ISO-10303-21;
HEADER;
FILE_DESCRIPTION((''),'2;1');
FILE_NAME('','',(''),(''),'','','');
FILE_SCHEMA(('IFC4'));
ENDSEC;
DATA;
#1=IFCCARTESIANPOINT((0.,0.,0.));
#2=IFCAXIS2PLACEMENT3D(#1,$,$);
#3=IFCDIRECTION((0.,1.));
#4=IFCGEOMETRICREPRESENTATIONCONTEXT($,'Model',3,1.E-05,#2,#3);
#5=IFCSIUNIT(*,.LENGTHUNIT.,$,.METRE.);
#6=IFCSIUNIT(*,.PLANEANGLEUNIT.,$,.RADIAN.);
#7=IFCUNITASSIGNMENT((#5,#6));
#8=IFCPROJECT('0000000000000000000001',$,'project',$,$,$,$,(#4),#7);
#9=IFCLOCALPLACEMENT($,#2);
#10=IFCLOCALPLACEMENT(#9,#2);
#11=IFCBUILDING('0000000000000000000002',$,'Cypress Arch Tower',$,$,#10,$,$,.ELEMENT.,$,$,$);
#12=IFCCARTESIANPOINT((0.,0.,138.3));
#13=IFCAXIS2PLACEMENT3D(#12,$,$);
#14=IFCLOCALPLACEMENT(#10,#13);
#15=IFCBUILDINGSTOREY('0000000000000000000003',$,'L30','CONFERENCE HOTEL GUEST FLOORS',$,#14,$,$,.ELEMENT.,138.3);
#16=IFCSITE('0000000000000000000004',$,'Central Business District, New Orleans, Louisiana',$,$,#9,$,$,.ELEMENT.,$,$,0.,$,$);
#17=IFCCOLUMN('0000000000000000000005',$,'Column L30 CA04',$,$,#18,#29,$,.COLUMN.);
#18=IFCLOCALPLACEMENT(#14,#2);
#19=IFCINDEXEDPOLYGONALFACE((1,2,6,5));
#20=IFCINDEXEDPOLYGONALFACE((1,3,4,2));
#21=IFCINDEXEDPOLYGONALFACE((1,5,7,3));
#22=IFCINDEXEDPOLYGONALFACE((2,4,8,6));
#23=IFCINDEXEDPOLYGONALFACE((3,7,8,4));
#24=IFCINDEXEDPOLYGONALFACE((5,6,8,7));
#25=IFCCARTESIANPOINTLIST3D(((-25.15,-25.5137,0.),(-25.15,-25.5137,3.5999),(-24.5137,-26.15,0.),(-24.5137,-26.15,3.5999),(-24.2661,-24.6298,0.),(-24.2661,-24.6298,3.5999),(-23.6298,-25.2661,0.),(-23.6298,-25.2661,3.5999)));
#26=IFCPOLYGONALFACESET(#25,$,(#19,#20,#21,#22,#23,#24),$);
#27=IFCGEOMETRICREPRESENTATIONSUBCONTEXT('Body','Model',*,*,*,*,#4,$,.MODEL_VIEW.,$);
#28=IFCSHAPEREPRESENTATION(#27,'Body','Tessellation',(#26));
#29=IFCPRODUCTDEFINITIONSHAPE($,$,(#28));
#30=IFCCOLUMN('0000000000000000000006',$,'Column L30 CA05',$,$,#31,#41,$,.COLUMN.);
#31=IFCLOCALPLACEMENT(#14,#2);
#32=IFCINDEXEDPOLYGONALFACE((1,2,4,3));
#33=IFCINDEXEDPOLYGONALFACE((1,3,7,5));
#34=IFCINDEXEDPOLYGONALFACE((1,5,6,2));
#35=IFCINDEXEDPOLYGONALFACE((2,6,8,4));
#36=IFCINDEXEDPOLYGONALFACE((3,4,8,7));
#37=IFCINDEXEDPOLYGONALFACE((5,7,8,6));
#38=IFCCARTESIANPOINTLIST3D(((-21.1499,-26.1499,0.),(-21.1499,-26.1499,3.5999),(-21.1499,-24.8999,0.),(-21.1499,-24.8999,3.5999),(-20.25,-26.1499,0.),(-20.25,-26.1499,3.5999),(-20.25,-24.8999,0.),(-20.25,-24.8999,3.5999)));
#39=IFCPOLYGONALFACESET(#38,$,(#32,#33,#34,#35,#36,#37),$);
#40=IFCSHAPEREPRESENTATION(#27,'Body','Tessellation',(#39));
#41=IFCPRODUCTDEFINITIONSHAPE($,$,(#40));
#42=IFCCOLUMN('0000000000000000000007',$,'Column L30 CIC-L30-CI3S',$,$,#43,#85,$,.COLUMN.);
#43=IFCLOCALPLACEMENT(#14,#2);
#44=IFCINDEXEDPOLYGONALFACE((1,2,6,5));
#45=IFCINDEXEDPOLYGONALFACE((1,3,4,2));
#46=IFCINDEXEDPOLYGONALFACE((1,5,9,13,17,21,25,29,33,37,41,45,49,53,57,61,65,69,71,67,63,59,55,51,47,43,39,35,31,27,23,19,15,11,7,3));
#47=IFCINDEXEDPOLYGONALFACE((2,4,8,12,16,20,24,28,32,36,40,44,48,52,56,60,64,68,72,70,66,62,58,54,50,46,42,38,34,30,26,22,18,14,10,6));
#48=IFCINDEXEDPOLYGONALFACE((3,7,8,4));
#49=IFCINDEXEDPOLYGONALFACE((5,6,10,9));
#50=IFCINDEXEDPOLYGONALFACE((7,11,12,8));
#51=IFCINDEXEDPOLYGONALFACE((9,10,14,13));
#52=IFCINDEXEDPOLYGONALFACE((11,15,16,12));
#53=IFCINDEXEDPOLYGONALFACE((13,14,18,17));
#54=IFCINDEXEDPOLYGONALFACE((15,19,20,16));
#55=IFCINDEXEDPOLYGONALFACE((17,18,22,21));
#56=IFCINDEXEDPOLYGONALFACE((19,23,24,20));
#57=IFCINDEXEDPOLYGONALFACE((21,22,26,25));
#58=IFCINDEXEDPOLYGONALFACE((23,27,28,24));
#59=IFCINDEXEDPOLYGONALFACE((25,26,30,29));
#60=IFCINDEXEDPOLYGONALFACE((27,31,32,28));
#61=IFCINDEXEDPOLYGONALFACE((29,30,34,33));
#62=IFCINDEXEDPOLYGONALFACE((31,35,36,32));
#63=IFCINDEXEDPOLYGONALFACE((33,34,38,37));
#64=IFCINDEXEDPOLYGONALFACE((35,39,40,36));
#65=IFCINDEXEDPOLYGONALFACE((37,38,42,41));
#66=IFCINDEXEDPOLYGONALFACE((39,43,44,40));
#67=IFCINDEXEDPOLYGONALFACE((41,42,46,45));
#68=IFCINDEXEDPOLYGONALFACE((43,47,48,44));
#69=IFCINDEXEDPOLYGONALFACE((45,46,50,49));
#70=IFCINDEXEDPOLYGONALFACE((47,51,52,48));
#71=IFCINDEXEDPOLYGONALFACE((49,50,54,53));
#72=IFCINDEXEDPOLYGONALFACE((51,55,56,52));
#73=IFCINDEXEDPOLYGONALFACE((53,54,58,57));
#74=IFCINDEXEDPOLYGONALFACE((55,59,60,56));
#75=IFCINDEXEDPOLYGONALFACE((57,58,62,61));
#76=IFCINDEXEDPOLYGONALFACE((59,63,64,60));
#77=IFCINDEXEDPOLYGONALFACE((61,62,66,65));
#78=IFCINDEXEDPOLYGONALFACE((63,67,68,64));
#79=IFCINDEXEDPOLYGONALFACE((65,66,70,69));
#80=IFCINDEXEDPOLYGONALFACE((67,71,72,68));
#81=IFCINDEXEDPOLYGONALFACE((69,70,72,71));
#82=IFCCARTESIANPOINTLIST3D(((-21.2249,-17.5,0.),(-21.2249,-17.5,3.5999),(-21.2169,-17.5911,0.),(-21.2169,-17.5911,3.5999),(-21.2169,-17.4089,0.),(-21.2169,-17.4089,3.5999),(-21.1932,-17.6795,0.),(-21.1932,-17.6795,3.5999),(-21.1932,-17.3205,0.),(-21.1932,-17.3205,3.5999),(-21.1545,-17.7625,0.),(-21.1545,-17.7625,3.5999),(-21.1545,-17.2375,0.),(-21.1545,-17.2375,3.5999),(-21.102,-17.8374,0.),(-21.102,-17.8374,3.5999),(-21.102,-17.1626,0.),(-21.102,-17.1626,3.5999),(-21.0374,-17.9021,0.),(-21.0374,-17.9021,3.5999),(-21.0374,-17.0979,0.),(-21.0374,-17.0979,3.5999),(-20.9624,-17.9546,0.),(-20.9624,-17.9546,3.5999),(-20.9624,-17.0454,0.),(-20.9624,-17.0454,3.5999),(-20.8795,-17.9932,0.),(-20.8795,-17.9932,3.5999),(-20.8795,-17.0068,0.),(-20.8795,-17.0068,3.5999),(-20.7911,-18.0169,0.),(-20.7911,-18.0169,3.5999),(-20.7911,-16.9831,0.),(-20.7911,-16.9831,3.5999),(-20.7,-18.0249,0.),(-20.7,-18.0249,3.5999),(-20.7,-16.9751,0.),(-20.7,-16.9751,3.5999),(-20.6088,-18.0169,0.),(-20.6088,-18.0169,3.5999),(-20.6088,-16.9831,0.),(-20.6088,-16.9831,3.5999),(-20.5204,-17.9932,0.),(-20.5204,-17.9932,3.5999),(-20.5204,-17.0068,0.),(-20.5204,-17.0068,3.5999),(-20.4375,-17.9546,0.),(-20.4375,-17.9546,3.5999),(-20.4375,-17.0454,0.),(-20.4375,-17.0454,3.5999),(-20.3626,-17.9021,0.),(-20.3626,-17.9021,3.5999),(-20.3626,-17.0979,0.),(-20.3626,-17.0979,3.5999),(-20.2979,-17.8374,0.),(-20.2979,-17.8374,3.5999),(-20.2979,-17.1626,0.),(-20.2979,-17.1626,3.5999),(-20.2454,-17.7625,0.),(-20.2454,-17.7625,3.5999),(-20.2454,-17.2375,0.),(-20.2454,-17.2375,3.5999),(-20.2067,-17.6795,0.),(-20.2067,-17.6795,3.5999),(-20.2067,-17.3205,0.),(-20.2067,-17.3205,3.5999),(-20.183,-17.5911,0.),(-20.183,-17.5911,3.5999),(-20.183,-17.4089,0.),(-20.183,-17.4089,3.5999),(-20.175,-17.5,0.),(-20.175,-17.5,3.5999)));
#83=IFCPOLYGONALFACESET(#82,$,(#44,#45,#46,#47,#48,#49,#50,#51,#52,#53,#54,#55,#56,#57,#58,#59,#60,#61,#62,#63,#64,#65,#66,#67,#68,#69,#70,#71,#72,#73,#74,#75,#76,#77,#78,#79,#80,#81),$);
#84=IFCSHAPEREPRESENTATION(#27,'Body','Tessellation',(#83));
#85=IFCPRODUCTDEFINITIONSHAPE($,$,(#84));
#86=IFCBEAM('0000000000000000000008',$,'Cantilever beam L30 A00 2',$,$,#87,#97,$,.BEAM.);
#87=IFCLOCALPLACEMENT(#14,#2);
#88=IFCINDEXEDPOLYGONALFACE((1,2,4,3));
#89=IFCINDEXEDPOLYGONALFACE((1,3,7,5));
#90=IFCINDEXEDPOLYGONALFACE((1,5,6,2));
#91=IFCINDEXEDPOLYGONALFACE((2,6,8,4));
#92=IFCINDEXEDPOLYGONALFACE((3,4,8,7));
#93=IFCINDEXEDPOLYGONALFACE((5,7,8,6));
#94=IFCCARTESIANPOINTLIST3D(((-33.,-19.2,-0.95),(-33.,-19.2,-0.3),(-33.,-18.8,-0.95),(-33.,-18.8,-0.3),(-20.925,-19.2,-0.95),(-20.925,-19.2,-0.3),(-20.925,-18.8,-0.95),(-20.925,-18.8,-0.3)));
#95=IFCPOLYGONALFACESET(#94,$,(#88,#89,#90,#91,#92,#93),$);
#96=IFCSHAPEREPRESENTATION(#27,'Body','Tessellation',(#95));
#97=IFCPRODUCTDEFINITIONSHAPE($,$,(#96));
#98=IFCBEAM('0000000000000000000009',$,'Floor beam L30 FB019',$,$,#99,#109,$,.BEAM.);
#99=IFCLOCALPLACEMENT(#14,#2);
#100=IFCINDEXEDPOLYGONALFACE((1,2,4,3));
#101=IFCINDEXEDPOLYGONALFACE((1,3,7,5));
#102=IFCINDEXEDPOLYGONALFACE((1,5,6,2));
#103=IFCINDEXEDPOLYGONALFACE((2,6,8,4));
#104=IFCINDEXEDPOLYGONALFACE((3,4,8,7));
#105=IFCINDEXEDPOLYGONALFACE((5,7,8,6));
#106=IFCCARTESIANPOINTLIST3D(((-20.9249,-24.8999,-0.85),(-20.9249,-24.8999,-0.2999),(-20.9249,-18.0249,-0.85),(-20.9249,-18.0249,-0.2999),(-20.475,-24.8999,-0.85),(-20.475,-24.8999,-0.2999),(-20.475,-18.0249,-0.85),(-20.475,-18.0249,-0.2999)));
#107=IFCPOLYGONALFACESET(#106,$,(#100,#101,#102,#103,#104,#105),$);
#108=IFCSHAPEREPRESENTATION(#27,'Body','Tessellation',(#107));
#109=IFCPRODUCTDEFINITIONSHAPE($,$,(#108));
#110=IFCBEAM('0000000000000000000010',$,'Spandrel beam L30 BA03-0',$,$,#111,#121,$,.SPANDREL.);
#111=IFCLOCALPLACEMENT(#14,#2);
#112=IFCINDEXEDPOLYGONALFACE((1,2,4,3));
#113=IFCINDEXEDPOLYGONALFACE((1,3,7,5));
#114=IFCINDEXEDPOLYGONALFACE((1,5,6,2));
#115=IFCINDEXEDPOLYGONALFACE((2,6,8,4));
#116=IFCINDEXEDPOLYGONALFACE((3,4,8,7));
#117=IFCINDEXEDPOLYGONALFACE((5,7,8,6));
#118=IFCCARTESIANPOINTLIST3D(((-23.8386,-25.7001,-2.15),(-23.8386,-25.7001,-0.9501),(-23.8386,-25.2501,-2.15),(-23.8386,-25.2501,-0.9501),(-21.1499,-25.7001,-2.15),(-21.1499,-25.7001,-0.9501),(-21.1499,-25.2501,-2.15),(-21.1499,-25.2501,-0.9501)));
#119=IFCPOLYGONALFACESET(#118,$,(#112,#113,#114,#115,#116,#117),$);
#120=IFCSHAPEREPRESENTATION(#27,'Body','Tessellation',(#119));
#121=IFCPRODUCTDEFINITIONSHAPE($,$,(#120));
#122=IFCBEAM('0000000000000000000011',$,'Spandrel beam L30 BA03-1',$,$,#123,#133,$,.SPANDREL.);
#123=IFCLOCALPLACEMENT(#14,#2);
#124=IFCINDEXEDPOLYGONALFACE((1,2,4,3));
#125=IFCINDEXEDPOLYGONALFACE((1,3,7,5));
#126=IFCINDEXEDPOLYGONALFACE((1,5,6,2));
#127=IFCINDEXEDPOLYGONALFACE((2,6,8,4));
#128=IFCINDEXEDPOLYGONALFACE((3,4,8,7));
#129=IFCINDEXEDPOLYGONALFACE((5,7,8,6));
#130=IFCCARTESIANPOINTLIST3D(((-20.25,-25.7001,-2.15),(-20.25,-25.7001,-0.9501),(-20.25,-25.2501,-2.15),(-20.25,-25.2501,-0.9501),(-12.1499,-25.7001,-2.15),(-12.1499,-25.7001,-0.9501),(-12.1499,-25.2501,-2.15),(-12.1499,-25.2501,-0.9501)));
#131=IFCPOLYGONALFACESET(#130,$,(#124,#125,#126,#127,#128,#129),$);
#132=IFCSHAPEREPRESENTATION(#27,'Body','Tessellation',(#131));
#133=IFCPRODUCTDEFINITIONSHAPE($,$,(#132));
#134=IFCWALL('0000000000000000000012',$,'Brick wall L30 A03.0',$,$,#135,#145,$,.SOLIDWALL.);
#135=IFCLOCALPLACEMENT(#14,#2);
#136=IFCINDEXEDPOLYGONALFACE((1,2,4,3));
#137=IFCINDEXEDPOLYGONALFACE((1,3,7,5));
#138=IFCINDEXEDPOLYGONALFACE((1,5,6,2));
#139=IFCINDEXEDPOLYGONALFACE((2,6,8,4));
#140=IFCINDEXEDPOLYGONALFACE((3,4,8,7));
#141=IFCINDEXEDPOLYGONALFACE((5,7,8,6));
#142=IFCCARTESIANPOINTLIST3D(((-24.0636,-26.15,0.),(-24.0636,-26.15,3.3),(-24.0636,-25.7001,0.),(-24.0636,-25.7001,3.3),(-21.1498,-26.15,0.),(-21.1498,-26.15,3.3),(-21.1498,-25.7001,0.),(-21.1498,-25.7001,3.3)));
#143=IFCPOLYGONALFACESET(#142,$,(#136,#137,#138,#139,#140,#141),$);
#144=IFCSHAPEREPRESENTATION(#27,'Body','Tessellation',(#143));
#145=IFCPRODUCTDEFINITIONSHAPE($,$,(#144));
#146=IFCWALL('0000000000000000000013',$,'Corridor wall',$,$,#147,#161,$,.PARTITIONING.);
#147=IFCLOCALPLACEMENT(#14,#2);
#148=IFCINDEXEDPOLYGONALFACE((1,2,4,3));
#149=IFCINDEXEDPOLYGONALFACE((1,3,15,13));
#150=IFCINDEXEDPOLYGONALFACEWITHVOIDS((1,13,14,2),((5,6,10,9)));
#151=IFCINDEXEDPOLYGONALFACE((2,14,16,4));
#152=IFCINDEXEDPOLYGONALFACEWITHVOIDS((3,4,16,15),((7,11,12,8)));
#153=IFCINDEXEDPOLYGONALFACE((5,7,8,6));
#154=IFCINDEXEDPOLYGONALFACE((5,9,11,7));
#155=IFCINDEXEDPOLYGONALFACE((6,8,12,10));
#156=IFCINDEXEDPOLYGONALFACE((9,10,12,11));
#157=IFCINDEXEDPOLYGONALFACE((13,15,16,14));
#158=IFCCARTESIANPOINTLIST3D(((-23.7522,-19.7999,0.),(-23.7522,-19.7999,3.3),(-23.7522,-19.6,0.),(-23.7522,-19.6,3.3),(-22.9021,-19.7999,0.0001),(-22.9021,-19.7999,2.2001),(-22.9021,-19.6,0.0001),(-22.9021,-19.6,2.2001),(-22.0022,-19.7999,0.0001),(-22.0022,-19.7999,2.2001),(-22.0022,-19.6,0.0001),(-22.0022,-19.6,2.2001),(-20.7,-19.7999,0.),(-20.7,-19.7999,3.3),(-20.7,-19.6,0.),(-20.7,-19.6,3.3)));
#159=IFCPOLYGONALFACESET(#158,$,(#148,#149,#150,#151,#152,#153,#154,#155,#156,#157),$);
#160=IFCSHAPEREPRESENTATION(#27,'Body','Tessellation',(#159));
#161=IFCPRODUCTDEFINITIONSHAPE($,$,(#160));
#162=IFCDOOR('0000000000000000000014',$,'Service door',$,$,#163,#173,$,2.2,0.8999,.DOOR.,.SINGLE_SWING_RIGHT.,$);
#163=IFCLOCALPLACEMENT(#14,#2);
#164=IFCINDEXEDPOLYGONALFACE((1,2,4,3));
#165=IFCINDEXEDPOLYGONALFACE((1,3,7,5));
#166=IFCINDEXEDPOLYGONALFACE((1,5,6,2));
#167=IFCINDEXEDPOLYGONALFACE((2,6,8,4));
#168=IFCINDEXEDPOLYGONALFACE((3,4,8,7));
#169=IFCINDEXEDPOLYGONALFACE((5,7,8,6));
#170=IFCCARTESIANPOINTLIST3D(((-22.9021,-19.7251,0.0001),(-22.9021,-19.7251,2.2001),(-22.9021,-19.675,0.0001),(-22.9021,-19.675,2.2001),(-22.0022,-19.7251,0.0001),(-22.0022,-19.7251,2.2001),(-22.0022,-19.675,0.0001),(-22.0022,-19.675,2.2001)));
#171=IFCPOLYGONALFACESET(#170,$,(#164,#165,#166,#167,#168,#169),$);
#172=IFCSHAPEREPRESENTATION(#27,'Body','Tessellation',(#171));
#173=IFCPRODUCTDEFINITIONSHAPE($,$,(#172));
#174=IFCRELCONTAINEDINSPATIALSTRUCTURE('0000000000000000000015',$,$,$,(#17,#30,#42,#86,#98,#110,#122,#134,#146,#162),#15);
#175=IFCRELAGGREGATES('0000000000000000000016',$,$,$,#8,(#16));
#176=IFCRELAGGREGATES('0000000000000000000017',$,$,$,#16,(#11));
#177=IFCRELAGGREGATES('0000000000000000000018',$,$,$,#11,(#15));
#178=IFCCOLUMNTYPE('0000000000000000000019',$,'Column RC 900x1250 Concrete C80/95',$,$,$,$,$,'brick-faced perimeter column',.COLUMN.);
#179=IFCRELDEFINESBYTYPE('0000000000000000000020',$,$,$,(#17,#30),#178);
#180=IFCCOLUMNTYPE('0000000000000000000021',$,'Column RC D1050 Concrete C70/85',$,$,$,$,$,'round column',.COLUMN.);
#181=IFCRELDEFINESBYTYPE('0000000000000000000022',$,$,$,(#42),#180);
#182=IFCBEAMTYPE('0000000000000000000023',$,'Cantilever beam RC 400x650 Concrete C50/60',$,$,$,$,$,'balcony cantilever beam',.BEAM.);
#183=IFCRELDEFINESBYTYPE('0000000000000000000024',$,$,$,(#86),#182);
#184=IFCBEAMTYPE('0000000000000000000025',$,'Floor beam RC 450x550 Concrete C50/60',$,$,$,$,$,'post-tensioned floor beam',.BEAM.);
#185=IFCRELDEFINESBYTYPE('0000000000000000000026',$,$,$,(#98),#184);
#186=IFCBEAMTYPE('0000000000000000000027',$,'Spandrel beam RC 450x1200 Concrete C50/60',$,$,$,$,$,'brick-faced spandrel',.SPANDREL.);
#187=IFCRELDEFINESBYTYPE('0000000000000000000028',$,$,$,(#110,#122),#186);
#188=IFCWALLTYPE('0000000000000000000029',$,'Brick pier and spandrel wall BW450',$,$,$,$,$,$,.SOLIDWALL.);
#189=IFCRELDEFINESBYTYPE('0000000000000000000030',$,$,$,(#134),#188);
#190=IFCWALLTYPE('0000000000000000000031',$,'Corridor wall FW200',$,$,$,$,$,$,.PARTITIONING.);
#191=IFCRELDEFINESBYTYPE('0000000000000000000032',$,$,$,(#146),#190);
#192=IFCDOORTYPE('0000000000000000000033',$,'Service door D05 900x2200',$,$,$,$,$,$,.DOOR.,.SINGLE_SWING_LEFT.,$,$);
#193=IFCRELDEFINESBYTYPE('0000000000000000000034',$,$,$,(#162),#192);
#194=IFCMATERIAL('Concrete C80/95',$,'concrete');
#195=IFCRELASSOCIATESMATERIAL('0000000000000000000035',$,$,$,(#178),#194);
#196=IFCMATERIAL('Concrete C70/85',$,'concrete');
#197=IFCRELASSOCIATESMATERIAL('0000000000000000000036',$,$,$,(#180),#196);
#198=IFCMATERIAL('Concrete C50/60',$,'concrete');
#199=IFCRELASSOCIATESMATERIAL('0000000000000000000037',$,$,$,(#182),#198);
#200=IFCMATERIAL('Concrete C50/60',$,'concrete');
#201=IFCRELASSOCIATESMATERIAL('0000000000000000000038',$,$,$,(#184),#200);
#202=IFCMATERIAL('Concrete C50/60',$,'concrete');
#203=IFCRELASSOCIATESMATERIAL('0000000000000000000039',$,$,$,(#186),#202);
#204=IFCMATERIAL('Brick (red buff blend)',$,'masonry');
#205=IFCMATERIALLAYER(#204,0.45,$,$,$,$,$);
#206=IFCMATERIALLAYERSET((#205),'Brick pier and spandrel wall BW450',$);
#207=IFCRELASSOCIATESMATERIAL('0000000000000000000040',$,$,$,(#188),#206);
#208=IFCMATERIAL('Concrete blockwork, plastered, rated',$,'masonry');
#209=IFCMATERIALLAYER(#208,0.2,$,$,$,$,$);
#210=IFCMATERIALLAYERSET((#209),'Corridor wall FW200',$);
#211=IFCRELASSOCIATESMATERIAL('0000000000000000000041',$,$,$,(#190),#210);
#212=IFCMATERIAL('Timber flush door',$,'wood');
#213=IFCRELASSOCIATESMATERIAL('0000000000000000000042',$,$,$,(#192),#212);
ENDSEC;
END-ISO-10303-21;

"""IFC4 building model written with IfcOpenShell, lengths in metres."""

from ifc_helpers import new_model, si_unit, direction, frame, frame_2d, origin, origin_2d, place, context, subcontext, project, spatial, rectangle, circle, extrude, material, layer, layer_set, material_profile, profile_set, type_object, element, fill, save


model = new_model("IFC4")

# Units and contexts
model_context = context("Model", 3, precision=1e-05, world=origin(), true_north=direction((0.0, 1.0)))
body_context = subcontext(model_context, "Body", "Model", "MODEL_VIEW")
ifc_project = project(units=[si_unit("LENGTHUNIT", "METRE"), si_unit("PLANEANGLEUNIT", "RADIAN")], contexts=[model_context])

# Site, building, storey
site_placement = place(None, origin())
site = spatial("IfcSite", under=ifc_project, at=site_placement, Name="Central Business District, New Orleans, Louisiana", CompositionType="ELEMENT", RefElevation=0.0)
building_placement = place(site_placement, origin())
building = spatial("IfcBuilding", under=site, at=building_placement, Name="Cypress Arch Tower", CompositionType="ELEMENT")
storey_placement = place(building_placement, frame((0.0, 0.0, 138.3)))
storey = spatial("IfcBuildingStorey", under=building, at=storey_placement, Name="L30", Description="CONFERENCE HOTEL GUEST FLOORS", CompositionType="ELEMENT", Elevation=138.3)

# Columns
ifc_material_1 = material(Name="Concrete C80/95", Category="concrete")
ifc_material_profile_1 = material_profile(ifc_material_1, rectangle(XDim=0.8999, YDim=1.25, at=origin_2d()), Name="RC 900x1250")
ifc_profile_set_1 = profile_set([ifc_material_profile_1], Name="Concrete C80/95")
column_type_1 = type_object("IfcColumnType", Name="Column RC 900x1250 Concrete C80/95", ElementType="brick-faced perimeter column", PredefinedType="COLUMN", material=ifc_profile_set_1)
for number, where, z_axis, x_axis, name in (
    (1, (-24.3899, -25.3899, 0.0), (0.0, 0.0, 1.0), (0.707107, -0.707107, 0.0), "Column L30 CA04"),
    (2, (-20.7, -25.5249, 0.0), (0.0, 0.0, 1.0), (1.0, 0.0, 0.0), "Column L30 CA05"),
):
    element("IfcColumn", number, at=place(storey_placement, frame(where, z_axis=z_axis, x_axis=x_axis)), inside=storey, type_object=column_type_1, Name=name, PredefinedType="COLUMN", context=body_context, shape_type="SweptSolid", body=[
        extrude(rectangle(XDim=0.8999, YDim=1.25, at=origin_2d()), origin(), (0.0, 0.0, 1.0), 3.5999),
    ])
ifc_material_2 = material(Name="Concrete C70/85", Category="concrete")
ifc_material_profile_2 = material_profile(ifc_material_2, circle(Radius=0.5249, at=origin_2d()), Name="RC D1050")
ifc_profile_set_2 = profile_set([ifc_material_profile_2], Name="Concrete C70/85")
column_type_2 = type_object("IfcColumnType", Name="Column RC D1050 Concrete C70/85", ElementType="round column", PredefinedType="COLUMN", material=ifc_profile_set_2)
column_placement = place(storey_placement, frame((-20.7, -17.5, 0.0), z_axis=(0.0, 0.0, 1.0), x_axis=(1.0, 0.0, 0.0)))
element("IfcColumn", 3, at=column_placement, inside=storey, type_object=column_type_2, Name="Column L30 CIC-L30-CI3S", PredefinedType="COLUMN", context=body_context, shape_type="SweptSolid", body=[
    extrude(circle(Radius=0.5249, at=origin_2d()), origin(), (0.0, 0.0, 1.0), 3.5999),
])

# Beams
ifc_material_3 = material(Name="Concrete C50/60", Category="concrete")
ifc_material_profile_3 = material_profile(ifc_material_3, rectangle(XDim=0.3999, YDim=0.6499, at=origin_2d()), Name="RC 400x650")
ifc_profile_set_3 = profile_set([ifc_material_profile_3], Name="Concrete C50/60")
beam_type_1 = type_object("IfcBeamType", Name="Cantilever beam RC 400x650 Concrete C50/60", ElementType="balcony cantilever beam", PredefinedType="BEAM", material=ifc_profile_set_3)
beam_1_placement = place(storey_placement, frame((-20.925, -19.0, -0.625), z_axis=(-1.0, 0.0, 0.0), x_axis=(0.0, -1.0, 0.0)))
element("IfcBeam", 4, at=beam_1_placement, inside=storey, type_object=beam_type_1, Name="Cantilever beam L30 A00 2", PredefinedType="BEAM", context=body_context, shape_type="SweptSolid", body=[
    extrude(rectangle(XDim=0.3999, YDim=0.6499, at=origin_2d()), origin(), (0.0, 0.0, 1.0), 12.075),
])
ifc_material_4 = material(Name="Concrete C50/60", Category="concrete")
ifc_material_profile_4 = material_profile(ifc_material_4, rectangle(XDim=0.45, YDim=0.55, at=origin_2d()), Name="RC 450x550")
ifc_profile_set_4 = profile_set([ifc_material_profile_4], Name="Concrete C50/60")
beam_type_2 = type_object("IfcBeamType", Name="Floor beam RC 450x550 Concrete C50/60", ElementType="post-tensioned floor beam", PredefinedType="BEAM", material=ifc_profile_set_4)
beam_2_placement = place(storey_placement, frame((-20.7, -24.8999, -0.575), z_axis=(0.0, 1.0, 0.0), x_axis=(-1.0, 0.0, 0.0)))
element("IfcBeam", 5, at=beam_2_placement, inside=storey, type_object=beam_type_2, Name="Floor beam L30 FB019", PredefinedType="BEAM", context=body_context, shape_type="SweptSolid", body=[
    extrude(rectangle(XDim=0.45, YDim=0.55, at=origin_2d()), origin(), (0.0, 0.0, 1.0), 6.875),
])
ifc_material_5 = material(Name="Concrete C50/60", Category="concrete")
ifc_material_profile_5 = material_profile(ifc_material_5, rectangle(XDim=0.45, YDim=1.2, at=origin_2d()), Name="RC 450x1200")
ifc_profile_set_5 = profile_set([ifc_material_profile_5], Name="Concrete C50/60")
beam_type_3 = type_object("IfcBeamType", Name="Spandrel beam RC 450x1200 Concrete C50/60", ElementType="brick-faced spandrel", PredefinedType="SPANDREL", material=ifc_profile_set_5)
beam_3_placement = place(storey_placement, frame((-23.8386, -25.4751, -1.55), z_axis=(1.0, 0.0, 0.0), x_axis=(0.0, 1.0, 0.0)))
element("IfcBeam", 6, at=beam_3_placement, inside=storey, type_object=beam_type_3, Name="Spandrel beam L30 BA03-0", PredefinedType="SPANDREL", context=body_context, shape_type="SweptSolid", body=[
    extrude(rectangle(XDim=0.45, YDim=1.2, at=origin_2d()), origin(), (0.0, 0.0, 1.0), 2.6887),
])
beam_4_placement = place(storey_placement, frame((-20.25, -25.4751, -1.55), z_axis=(1.0, 0.0, 0.0), x_axis=(0.0, 1.0, 0.0)))
element("IfcBeam", 7, at=beam_4_placement, inside=storey, type_object=beam_type_3, Name="Spandrel beam L30 BA03-1", PredefinedType="SPANDREL", context=body_context, shape_type="SweptSolid", body=[
    extrude(rectangle(XDim=0.45, YDim=1.2, at=origin_2d()), origin(), (0.0, 0.0, 1.0), 8.1001),
])

# Wall
ifc_material_6 = material(Name="Brick (red buff blend)", Category="masonry")
ifc_layer_1 = layer(ifc_material_6, 0.45)
ifc_layer_set_1 = layer_set([ifc_layer_1], Name="Brick pier and spandrel wall BW450")
wall_type_1 = type_object("IfcWallType", Name="Brick pier and spandrel wall BW450", PredefinedType="SOLIDWALL", material=ifc_layer_set_1)
wall_1_placement = place(storey_placement, frame((-24.0637, -25.925, 0.0), z_axis=(0.0, 0.0, 1.0), x_axis=(1.0, 0.0, 0.0)))
element("IfcWall", 8, at=wall_1_placement, inside=storey, type_object=wall_type_1, Name="Brick wall L30 A03.0", PredefinedType="SOLIDWALL", context=body_context, shape_type="SweptSolid", body=[
    extrude(rectangle(XDim=2.9138, YDim=0.45, at=frame_2d((1.457, 0.0))), origin(), (0.0, 0.0, 1.0), 3.3),
])

# Wall, opening, door
ifc_material_7 = material(Name="Concrete blockwork, plastered, rated", Category="masonry")
ifc_layer_2 = layer(ifc_material_7, 0.2)
ifc_layer_set_2 = layer_set([ifc_layer_2], Name="Corridor wall FW200")
wall_type_2 = type_object("IfcWallType", Name="Corridor wall FW200", PredefinedType="PARTITIONING", material=ifc_layer_set_2)
wall_2_placement = place(storey_placement, frame((-23.7522, -19.7, 0.0), z_axis=(0.0, 0.0, 1.0), x_axis=(1.0, 0.0, 0.0)))
wall_2 = element("IfcWall", 9, at=wall_2_placement, inside=storey, type_object=wall_type_2, Name="Corridor wall", PredefinedType="PARTITIONING", context=body_context, shape_type="SweptSolid", body=[
    extrude(rectangle(XDim=3.0522, YDim=0.2, at=frame_2d((1.5261, 0.0))), origin(), (0.0, 0.0, 1.0), 3.3),
])
opening_1_placement = place(wall_2_placement, frame((0.8501, 0.0, 0.0)))
opening_1 = element("IfcOpeningElement", 10, at=opening_1_placement, cuts=wall_2, PredefinedType="OPENING", context=body_context, shape_type="SweptSolid", body=[
    extrude(rectangle(XDim=0.8999, YDim=2.2, at=frame_2d((0.45, 1.1001))), frame((0.0, 0.1099, 0.0), z_axis=(0.0, -1.0, 0.0), x_axis=(1.0, 0.0, 0.0)), (0.0, 0.0, 1.0), 0.22),
])
ifc_material_8 = material(Name="Timber flush door", Category="wood")
door_type_1 = type_object("IfcDoorType", Name="Service door D05 900x2200", OperationType="SINGLE_SWING_LEFT", PredefinedType="DOOR", material=ifc_material_8)
door_1_placement = place(opening_1_placement, origin())
door_1 = element("IfcDoor", 11, at=door_1_placement, inside=storey, type_object=door_type_1, Name="Service door", OperationType="SINGLE_SWING_RIGHT", OverallHeight=2.2, OverallWidth=0.8999, PredefinedType="DOOR", context=body_context, shape_type="SweptSolid", body=[
    extrude(rectangle(XDim=0.8999, YDim=2.2, at=frame_2d((0.45, 1.1001))), frame((0.0, 0.0249, 0.0), z_axis=(0.0, -1.0, 0.0), x_axis=(1.0, 0.0, 0.0)), (0.0, 0.0, 1.0), 0.05),
])
fill(opening_1, door_1)

save(model, "model.ifc")
